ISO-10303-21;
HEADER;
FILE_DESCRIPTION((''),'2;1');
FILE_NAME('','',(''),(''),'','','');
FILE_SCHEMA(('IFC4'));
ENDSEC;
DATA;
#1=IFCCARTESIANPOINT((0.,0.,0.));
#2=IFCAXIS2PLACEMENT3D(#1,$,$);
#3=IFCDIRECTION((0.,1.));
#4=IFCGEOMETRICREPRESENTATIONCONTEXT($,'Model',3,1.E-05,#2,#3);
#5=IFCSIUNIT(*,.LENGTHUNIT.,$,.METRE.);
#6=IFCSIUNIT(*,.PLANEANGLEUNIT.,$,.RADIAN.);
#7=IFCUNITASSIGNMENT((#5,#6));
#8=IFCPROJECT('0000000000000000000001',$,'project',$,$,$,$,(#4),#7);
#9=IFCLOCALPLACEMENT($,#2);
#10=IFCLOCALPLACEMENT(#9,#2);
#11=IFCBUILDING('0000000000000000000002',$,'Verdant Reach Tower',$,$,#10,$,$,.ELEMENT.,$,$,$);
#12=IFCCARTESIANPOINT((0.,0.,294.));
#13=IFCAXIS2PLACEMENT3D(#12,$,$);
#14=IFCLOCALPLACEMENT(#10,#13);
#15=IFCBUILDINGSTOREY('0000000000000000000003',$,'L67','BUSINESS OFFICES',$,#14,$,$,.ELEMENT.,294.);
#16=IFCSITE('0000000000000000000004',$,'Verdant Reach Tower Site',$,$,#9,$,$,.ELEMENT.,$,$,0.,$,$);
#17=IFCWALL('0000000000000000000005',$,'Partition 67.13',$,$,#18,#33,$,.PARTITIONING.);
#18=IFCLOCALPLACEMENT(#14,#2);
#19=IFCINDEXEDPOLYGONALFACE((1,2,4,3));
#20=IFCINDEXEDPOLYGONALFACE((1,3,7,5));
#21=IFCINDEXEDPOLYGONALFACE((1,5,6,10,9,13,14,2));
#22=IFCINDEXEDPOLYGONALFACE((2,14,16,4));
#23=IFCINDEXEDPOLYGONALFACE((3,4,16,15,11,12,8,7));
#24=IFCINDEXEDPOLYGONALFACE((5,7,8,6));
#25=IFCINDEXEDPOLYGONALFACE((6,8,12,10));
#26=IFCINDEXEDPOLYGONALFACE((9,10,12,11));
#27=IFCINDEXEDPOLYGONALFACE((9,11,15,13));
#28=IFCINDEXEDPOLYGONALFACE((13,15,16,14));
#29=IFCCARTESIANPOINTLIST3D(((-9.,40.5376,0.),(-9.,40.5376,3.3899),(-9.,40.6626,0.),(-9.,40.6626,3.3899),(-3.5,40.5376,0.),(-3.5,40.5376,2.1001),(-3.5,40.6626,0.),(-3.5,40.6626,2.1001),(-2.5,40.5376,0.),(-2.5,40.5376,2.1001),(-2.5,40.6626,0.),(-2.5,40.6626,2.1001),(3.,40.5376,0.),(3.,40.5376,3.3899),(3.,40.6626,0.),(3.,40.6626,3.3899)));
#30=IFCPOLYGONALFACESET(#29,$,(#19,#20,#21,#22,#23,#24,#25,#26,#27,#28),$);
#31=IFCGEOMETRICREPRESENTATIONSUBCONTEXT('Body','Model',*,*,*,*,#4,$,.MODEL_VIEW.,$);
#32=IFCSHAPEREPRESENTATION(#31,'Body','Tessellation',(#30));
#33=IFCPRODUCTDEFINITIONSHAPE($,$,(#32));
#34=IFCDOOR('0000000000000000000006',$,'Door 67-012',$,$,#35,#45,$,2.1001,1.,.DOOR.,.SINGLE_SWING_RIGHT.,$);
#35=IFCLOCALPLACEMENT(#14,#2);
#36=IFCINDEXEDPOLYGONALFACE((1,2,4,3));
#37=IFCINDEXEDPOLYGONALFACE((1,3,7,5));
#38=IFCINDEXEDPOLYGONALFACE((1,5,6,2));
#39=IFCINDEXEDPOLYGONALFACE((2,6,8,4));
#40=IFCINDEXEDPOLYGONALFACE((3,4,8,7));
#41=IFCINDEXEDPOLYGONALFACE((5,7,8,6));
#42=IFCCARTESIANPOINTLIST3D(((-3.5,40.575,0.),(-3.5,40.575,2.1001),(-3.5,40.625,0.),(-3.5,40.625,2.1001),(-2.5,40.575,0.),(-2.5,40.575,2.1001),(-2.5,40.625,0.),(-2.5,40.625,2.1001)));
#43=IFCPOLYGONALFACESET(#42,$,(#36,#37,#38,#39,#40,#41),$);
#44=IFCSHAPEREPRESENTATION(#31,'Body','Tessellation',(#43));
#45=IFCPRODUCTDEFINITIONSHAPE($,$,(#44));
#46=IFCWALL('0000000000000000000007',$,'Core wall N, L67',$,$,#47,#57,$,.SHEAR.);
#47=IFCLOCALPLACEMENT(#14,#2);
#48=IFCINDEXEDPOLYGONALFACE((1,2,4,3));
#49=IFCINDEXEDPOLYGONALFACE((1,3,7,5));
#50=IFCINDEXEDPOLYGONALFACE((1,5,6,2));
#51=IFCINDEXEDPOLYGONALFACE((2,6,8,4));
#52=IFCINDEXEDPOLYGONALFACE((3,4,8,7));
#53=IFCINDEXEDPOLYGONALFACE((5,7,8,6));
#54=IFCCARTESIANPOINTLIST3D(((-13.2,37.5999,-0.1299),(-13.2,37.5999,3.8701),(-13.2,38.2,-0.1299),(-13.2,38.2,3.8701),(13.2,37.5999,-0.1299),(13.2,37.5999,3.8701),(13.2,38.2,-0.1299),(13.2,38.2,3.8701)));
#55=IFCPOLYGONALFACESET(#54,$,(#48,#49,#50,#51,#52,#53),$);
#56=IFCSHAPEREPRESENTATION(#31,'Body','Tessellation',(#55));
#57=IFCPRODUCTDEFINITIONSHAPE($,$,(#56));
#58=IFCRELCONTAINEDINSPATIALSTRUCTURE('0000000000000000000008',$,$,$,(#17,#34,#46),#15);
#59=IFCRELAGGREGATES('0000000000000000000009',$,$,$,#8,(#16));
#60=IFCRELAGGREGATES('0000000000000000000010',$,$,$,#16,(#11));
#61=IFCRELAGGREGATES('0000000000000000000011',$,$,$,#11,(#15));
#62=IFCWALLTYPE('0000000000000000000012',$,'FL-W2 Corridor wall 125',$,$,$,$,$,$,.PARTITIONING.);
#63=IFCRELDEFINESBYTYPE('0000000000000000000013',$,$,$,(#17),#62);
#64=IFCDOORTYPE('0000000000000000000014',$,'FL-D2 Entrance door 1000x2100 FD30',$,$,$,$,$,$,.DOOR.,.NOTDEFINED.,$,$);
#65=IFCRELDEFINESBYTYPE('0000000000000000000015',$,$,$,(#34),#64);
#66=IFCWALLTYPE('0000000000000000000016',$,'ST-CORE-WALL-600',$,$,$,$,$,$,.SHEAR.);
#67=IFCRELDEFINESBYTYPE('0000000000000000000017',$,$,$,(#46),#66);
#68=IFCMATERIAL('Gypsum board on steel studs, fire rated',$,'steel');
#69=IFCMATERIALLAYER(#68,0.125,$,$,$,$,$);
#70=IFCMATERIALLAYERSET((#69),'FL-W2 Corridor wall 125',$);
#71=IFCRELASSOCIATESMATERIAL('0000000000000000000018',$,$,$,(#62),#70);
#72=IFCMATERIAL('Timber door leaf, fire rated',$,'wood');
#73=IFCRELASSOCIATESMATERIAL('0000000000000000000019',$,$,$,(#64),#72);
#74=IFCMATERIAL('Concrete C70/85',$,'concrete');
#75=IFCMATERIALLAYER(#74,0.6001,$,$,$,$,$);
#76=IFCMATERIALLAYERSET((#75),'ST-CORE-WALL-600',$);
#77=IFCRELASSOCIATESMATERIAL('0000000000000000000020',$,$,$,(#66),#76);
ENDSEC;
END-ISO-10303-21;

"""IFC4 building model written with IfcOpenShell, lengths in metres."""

from ifc_helpers import new_model, si_unit, direction, frame, frame_2d, origin, place, context, subcontext, project, spatial, rectangle, extrude, material, layer, layer_set, type_object, element, fill, save


model = new_model("IFC4")

# Units and contexts
model_context = context("Model", 3, precision=1e-05, world=origin(), true_north=direction((0.0, 1.0)))
body_context = subcontext(model_context, "Body", "Model", "MODEL_VIEW")
ifc_project = project(units=[si_unit("LENGTHUNIT", "METRE"), si_unit("PLANEANGLEUNIT", "RADIAN")], contexts=[model_context])

# Site, building, storey
site_placement = place(None, origin())
site = spatial("IfcSite", under=ifc_project, at=site_placement, Name="Verdant Reach Tower Site", CompositionType="ELEMENT", RefElevation=0.0)
building_placement = place(site_placement, origin())
building = spatial("IfcBuilding", under=site, at=building_placement, Name="Verdant Reach Tower", CompositionType="ELEMENT")
storey_placement = place(building_placement, frame((0.0, 0.0, 294.0)))
storey = spatial("IfcBuildingStorey", under=building, at=storey_placement, Name="L67", Description="BUSINESS OFFICES", CompositionType="ELEMENT", Elevation=294.0)

# Shared definitions
ifc_material_1 = material(Name="Gypsum board on steel studs, fire rated", Category="steel")
ifc_layer_1 = layer(ifc_material_1, 0.125)
ifc_layer_set_1 = layer_set([ifc_layer_1], Name="FL-W2 Corridor wall 125")
wall_type_1 = type_object("IfcWallType", Name="FL-W2 Corridor wall 125", PredefinedType="PARTITIONING", material=ifc_layer_set_1)

# Wall, opening, door
wall_1_placement = place(storey_placement, frame((-9.0, 40.6001, 0.0), z_axis=(0.0, 0.0, 1.0), x_axis=(1.0, 0.0, 0.0)))
wall_1 = element("IfcWall", 1, at=wall_1_placement, inside=storey, type_object=wall_type_1, Name="Partition 67.13", PredefinedType="PARTITIONING", context=body_context, shape_type="SweptSolid", body=[
    extrude(rectangle(XDim=12.0, YDim=0.125, at=frame_2d((6.0, 0.0))), origin(), (0.0, 0.0, 1.0), 3.3899),
])
opening_1_placement = place(wall_1_placement, frame((5.5, 0.0, 0.0)))
opening_1 = element("IfcOpeningElement", 2, at=opening_1_placement, cuts=wall_1, PredefinedType="OPENING", context=body_context, shape_type="SweptSolid", body=[
    extrude(rectangle(XDim=1.0, YDim=2.1001, at=frame_2d((0.5, 1.05))), frame((0.0, 0.0725, 0.0), z_axis=(0.0, -1.0, 0.0), x_axis=(1.0, 0.0, 0.0)), (0.0, 0.0, 1.0), 0.145),
])
ifc_material_2 = material(Name="Timber door leaf, fire rated", Category="wood")
door_type_1 = type_object("IfcDoorType", Name="FL-D2 Entrance door 1000x2100 FD30", OperationType="NOTDEFINED", PredefinedType="DOOR", material=ifc_material_2)
door_1_placement = place(opening_1_placement, origin())
door_1 = element("IfcDoor", 3, at=door_1_placement, inside=storey, type_object=door_type_1, Name="Door 67-012", OperationType="SINGLE_SWING_RIGHT", OverallHeight=2.1001, OverallWidth=1.0, PredefinedType="DOOR", context=body_context, shape_type="SweptSolid", body=[
    extrude(rectangle(XDim=1.0, YDim=2.1001, at=frame_2d((0.5, 1.05))), frame((0.0, 0.0249, 0.0), z_axis=(0.0, -1.0, 0.0), x_axis=(1.0, 0.0, 0.0)), (0.0, 0.0, 1.0), 0.05),
])
fill(opening_1, door_1)

# Wall
ifc_material_3 = material(Name="Concrete C70/85", Category="concrete")
ifc_layer_2 = layer(ifc_material_3, 0.6001)
ifc_layer_set_2 = layer_set([ifc_layer_2], Name="ST-CORE-WALL-600")
wall_type_2 = type_object("IfcWallType", Name="ST-CORE-WALL-600", PredefinedType="SHEAR", material=ifc_layer_set_2)
wall_2_placement = place(storey_placement, frame((-13.2, 37.8999, -0.1299), z_axis=(0.0, 0.0, 1.0), x_axis=(1.0, 0.0, 0.0)))
element("IfcWall", 4, at=wall_2_placement, inside=storey, type_object=wall_type_2, Name="Core wall N, L67", PredefinedType="SHEAR", context=body_context, shape_type="SweptSolid", body=[
    extrude(rectangle(XDim=26.3999, YDim=0.6001, at=frame_2d((13.2, 0.0))), origin(), (0.0, 0.0, 1.0), 4.0),
])

save(model, "model.ifc")
